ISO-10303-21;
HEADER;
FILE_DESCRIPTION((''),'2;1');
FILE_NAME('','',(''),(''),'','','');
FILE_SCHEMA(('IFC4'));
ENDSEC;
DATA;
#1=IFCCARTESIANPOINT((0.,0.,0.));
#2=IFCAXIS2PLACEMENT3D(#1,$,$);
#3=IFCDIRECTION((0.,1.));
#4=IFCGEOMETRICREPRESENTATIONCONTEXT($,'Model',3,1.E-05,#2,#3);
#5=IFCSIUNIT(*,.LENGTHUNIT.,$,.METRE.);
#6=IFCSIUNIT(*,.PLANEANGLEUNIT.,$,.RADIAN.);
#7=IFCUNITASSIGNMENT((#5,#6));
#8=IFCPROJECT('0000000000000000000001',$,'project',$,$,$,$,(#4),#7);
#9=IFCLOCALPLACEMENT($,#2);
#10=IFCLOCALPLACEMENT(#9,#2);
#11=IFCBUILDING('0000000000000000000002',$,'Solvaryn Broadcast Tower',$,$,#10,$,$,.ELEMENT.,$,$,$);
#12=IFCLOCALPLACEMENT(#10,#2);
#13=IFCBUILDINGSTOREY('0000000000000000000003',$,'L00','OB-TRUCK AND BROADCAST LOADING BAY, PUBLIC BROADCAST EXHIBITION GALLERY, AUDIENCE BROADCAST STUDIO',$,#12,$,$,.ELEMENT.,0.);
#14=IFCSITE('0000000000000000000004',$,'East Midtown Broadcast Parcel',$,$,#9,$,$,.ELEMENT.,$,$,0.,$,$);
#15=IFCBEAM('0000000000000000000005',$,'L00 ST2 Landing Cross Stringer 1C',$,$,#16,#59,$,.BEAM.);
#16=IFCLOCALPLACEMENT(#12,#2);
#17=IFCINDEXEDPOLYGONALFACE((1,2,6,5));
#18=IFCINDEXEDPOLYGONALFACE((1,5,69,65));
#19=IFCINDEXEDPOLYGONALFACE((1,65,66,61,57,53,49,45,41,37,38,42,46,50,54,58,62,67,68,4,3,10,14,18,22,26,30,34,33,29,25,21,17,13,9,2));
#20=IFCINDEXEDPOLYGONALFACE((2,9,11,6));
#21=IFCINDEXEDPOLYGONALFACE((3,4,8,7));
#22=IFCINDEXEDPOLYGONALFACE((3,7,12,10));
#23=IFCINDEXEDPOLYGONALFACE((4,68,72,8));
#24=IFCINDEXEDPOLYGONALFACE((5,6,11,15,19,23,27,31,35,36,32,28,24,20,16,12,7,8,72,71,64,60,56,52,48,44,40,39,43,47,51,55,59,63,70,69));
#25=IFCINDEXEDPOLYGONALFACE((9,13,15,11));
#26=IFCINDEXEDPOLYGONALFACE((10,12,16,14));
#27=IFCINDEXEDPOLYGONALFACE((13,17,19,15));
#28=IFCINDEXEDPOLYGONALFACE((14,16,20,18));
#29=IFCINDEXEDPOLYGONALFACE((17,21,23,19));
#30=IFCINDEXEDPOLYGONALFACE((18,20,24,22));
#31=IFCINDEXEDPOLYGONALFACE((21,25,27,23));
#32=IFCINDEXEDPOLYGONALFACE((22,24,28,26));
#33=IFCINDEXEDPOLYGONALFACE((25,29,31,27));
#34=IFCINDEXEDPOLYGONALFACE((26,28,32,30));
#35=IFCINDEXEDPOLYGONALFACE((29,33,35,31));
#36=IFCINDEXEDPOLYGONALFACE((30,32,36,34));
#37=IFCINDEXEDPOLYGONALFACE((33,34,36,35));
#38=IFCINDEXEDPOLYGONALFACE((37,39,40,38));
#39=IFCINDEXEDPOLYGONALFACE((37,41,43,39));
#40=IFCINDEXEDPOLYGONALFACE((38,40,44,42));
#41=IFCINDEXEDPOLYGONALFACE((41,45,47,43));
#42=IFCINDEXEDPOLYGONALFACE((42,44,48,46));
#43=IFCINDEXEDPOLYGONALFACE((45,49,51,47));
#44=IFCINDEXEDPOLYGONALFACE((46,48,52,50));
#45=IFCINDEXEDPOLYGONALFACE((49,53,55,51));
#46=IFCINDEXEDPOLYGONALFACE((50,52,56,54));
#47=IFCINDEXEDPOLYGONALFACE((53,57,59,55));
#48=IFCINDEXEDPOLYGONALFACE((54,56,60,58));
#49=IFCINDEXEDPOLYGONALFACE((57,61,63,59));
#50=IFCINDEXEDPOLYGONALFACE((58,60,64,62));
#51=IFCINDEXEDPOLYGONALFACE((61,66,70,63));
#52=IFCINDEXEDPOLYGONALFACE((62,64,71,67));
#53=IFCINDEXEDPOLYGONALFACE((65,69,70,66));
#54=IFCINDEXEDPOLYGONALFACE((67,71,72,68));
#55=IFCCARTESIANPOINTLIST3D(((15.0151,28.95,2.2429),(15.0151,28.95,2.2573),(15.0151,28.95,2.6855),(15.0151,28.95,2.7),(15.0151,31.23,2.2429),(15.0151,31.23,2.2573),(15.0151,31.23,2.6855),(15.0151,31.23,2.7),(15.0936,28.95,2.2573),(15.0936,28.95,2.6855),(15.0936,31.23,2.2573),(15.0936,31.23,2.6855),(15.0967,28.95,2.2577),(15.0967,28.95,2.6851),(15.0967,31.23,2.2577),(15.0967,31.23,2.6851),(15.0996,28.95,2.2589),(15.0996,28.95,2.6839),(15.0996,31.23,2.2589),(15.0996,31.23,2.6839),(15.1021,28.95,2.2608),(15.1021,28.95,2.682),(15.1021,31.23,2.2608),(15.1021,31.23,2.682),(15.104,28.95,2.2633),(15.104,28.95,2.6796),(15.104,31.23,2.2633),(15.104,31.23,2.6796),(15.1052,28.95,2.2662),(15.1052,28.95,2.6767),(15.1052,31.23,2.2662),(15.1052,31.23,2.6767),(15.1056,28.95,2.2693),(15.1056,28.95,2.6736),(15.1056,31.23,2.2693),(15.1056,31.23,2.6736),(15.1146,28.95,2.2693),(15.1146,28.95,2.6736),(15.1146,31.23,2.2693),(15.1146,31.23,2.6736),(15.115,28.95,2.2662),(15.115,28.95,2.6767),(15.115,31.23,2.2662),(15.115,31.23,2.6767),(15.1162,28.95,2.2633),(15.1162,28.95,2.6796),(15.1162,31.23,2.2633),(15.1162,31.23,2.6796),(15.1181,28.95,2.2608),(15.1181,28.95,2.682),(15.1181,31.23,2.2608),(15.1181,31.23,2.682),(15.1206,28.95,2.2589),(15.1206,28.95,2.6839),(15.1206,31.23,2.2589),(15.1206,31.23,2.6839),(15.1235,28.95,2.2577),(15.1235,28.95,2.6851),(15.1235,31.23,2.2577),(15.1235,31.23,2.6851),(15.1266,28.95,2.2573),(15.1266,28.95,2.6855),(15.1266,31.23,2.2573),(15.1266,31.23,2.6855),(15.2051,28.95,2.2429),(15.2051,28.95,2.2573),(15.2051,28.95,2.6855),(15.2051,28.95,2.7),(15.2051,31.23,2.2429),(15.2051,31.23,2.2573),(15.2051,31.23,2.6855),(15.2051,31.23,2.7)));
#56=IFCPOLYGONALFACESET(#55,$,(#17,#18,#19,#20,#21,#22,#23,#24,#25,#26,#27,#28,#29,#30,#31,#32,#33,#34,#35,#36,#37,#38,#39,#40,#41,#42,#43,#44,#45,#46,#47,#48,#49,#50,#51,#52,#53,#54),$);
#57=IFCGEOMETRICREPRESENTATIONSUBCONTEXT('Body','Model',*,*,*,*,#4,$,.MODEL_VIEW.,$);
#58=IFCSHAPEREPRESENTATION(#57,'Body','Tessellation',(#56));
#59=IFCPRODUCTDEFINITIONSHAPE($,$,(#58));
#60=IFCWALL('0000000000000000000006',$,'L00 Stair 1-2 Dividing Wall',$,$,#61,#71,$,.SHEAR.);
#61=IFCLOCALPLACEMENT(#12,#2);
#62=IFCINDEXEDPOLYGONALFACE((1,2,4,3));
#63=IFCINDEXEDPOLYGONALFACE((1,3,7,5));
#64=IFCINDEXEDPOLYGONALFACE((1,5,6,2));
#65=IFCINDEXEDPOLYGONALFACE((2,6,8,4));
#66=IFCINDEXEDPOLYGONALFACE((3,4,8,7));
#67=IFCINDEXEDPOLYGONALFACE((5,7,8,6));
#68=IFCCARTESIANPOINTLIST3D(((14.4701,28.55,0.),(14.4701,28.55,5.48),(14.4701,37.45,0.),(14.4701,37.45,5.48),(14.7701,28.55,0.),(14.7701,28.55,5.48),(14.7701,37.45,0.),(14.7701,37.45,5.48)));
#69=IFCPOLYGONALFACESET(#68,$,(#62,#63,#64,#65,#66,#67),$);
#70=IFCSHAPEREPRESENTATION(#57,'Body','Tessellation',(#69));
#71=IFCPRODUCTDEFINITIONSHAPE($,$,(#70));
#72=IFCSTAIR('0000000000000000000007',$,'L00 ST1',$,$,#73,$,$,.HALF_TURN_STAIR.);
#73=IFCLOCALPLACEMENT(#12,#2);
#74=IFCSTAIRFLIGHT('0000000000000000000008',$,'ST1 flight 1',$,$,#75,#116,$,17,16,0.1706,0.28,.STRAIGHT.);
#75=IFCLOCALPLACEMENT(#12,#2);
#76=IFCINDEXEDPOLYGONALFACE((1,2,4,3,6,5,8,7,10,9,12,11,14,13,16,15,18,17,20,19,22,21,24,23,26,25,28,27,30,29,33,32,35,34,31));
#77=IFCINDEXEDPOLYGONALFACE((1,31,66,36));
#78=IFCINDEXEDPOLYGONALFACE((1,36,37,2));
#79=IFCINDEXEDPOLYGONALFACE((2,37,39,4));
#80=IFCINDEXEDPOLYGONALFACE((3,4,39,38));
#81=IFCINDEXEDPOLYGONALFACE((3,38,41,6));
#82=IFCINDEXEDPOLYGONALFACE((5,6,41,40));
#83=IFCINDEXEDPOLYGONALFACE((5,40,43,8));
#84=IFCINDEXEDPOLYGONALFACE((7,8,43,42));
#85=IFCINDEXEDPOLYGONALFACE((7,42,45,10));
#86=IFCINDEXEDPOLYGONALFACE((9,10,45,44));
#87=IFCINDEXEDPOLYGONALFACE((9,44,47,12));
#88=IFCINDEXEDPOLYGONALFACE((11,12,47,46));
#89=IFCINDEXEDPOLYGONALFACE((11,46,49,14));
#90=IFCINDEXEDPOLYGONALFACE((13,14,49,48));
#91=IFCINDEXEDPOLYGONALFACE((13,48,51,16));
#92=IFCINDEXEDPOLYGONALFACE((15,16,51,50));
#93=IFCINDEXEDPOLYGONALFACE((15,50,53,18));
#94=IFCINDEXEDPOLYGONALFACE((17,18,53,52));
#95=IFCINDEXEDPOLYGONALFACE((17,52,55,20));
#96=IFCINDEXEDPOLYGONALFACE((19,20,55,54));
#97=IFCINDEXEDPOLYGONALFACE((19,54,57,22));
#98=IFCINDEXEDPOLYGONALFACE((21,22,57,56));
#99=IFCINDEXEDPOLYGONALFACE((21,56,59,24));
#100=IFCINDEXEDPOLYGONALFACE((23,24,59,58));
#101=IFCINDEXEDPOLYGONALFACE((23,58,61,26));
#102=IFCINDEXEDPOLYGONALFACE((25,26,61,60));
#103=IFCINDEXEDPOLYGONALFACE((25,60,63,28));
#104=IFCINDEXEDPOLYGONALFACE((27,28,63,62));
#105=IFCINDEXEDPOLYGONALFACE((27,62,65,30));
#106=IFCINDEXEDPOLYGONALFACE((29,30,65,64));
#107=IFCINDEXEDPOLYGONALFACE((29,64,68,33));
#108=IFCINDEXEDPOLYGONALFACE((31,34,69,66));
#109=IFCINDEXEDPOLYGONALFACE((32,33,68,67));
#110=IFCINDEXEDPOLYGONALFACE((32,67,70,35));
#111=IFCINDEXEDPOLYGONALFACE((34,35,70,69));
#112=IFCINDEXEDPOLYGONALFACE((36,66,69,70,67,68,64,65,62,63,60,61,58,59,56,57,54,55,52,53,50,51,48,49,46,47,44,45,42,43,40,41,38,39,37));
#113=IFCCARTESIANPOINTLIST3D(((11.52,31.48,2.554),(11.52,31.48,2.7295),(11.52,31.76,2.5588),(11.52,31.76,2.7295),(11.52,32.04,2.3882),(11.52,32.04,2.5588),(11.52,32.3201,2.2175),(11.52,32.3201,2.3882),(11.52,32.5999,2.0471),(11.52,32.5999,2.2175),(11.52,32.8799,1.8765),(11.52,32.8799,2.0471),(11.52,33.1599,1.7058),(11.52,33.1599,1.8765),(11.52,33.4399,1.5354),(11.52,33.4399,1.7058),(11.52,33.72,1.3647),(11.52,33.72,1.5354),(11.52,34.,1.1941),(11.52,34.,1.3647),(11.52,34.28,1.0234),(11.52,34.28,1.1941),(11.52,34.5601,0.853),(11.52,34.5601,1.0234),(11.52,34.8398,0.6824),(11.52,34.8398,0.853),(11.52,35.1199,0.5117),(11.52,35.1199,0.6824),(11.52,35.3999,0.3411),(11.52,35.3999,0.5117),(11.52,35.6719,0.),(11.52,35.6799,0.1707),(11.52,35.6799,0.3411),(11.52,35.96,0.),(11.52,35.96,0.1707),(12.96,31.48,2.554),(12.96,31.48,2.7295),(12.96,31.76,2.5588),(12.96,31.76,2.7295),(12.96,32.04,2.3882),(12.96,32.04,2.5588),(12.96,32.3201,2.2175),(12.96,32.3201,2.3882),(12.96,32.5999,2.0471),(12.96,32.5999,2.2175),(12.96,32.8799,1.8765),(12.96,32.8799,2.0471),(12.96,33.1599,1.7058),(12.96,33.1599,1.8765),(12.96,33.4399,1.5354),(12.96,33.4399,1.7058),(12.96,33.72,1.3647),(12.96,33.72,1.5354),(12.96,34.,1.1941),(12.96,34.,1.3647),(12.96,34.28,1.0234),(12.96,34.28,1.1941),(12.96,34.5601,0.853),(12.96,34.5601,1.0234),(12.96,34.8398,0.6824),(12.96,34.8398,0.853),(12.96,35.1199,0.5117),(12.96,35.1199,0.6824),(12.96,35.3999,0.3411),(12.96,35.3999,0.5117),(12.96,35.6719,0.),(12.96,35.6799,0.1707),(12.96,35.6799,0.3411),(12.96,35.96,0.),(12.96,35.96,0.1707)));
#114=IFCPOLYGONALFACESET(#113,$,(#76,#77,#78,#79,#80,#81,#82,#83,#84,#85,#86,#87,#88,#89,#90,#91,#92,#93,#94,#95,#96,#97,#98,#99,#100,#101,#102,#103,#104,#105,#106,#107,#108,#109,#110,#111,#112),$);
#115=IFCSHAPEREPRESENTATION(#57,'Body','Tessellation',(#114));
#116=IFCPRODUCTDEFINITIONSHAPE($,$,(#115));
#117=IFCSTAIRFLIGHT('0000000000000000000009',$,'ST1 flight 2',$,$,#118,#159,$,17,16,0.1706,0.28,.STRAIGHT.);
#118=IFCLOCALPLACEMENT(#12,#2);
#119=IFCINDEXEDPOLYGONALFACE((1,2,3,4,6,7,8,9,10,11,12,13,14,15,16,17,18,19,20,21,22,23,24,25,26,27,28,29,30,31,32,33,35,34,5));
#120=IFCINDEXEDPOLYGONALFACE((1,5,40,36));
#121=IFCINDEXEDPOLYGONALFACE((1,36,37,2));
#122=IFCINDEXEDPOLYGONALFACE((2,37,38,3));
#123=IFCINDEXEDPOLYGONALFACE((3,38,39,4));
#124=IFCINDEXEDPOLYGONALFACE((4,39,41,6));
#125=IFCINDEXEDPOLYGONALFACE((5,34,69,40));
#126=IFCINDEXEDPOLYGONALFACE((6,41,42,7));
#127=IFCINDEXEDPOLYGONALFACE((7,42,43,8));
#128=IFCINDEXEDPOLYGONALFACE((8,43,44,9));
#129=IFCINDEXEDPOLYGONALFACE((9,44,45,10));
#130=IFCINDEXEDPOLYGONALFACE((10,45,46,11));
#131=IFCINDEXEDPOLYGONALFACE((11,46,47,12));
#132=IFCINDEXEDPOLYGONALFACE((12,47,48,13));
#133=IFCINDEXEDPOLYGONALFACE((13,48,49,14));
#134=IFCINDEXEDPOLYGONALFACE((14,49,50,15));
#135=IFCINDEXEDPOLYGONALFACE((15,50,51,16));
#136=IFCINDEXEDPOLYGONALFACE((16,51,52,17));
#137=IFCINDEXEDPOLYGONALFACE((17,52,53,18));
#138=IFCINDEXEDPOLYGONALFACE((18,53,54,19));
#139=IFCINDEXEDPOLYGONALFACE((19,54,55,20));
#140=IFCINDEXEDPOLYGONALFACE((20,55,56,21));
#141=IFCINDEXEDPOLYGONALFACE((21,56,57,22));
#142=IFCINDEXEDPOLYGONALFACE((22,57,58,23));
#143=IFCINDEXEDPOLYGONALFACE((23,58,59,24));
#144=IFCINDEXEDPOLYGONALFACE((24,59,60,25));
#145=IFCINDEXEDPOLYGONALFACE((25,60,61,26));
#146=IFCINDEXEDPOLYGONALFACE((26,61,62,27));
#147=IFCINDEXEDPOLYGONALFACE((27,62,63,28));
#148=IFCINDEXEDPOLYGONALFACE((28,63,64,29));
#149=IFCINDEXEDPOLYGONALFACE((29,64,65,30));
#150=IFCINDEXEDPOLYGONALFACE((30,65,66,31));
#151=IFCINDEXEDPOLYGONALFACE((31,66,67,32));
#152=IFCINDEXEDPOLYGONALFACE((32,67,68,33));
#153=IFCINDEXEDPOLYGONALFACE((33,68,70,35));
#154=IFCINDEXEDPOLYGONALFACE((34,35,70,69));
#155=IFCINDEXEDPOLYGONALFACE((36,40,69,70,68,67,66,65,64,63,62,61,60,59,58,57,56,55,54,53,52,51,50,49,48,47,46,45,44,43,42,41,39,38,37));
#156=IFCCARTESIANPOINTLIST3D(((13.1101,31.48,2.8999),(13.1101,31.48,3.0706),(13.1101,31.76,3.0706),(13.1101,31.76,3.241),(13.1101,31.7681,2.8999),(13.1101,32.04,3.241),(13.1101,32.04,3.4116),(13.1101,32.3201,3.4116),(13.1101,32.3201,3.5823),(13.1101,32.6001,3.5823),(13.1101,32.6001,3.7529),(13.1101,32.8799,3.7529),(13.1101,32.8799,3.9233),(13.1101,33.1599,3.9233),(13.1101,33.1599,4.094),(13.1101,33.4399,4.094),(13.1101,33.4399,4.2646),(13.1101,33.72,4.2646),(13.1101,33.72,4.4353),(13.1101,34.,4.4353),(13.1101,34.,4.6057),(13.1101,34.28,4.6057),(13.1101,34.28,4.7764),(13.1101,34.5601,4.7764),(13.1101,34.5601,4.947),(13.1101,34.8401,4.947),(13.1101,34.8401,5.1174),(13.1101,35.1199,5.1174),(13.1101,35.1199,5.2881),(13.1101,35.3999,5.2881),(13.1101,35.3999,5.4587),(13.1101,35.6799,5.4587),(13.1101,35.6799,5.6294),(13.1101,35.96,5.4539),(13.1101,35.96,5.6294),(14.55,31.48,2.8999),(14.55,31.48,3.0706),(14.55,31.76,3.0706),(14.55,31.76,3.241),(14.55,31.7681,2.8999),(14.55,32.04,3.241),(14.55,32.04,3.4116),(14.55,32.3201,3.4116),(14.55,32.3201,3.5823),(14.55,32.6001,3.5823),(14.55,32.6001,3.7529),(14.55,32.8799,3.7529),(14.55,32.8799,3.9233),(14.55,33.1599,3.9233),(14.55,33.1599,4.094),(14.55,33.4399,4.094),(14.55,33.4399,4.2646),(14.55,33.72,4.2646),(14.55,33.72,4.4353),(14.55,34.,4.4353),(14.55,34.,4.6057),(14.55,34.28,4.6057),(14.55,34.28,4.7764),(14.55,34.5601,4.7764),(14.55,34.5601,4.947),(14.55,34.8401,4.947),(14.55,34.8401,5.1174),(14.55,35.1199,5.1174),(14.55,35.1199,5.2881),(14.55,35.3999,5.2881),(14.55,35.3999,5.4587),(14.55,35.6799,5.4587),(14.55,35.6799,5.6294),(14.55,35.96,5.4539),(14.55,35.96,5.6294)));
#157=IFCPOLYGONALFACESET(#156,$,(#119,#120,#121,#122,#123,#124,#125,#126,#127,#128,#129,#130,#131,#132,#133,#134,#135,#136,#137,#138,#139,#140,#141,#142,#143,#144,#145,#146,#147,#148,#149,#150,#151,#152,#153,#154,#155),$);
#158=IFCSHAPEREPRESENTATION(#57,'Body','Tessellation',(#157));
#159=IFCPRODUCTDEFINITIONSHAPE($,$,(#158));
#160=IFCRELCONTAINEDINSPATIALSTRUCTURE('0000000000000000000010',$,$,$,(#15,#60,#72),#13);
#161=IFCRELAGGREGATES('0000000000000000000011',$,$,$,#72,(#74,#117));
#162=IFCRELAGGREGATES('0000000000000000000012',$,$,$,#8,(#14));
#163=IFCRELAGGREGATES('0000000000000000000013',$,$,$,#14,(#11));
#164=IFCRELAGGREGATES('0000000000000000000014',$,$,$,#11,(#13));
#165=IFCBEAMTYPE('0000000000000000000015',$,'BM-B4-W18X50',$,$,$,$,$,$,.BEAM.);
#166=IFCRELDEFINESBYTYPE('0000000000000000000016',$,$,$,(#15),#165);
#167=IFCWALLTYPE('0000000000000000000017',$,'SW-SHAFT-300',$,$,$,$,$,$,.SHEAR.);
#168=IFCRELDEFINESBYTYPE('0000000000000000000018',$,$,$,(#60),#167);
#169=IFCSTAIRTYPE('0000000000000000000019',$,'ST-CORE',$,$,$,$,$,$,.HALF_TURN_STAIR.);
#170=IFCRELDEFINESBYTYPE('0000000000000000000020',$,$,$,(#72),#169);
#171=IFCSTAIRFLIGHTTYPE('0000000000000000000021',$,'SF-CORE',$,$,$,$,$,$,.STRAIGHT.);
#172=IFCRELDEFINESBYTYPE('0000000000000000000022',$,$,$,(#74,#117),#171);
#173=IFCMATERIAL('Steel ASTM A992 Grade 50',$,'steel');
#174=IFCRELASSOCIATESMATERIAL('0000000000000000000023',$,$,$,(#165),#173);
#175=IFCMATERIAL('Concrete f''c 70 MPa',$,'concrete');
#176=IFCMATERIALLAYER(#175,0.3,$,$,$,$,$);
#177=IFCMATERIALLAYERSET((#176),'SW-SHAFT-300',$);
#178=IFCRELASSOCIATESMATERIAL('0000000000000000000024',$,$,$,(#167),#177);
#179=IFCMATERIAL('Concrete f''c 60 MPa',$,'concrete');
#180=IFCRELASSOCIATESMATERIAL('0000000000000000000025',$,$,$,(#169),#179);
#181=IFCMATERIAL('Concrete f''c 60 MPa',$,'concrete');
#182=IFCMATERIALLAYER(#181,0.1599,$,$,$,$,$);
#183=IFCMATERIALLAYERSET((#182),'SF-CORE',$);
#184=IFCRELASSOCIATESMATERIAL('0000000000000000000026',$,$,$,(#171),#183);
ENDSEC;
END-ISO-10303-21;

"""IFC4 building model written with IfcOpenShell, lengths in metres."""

from ifc_helpers import new_model, si_unit, direction, frame, frame_2d, origin, origin_2d, place, context, subcontext, project, spatial, polyline, rectangle, i_section, outline, extrude, material, layer, layer_set, material_profile, profile_set, type_object, element, aggregate, save


model = new_model("IFC4")

# Units and contexts
model_context = context("Model", 3, precision=1e-05, world=origin(), true_north=direction((0.0, 1.0)))
body_context = subcontext(model_context, "Body", "Model", "MODEL_VIEW")
ifc_project = project(units=[si_unit("LENGTHUNIT", "METRE"), si_unit("PLANEANGLEUNIT", "RADIAN")], contexts=[model_context])

# Site, building, storey
site_placement = place(None, origin())
site = spatial("IfcSite", under=ifc_project, at=site_placement, Name="East Midtown Broadcast Parcel", CompositionType="ELEMENT", RefElevation=0.0)
building_placement = place(site_placement, origin())
building = spatial("IfcBuilding", under=site, at=building_placement, Name="Solvaryn Broadcast Tower", CompositionType="ELEMENT")
storey_placement = place(building_placement, origin())
storey = spatial("IfcBuildingStorey", under=building, at=storey_placement, Name="L00", Description="OB-TRUCK AND BROADCAST LOADING BAY, PUBLIC BROADCAST EXHIBITION GALLERY, AUDIENCE BROADCAST STUDIO", CompositionType="ELEMENT", Elevation=0.0)

# Beam
ifc_material_1 = material(Name="Steel ASTM A992 Grade 50", Category="steel")
ifc_material_profile_1 = material_profile(ifc_material_1, i_section(OverallWidth=0.1899, OverallDepth=0.457, WebThickness=0.009, FlangeThickness=0.0144, FilletRadius=0.012, at=origin_2d()))
ifc_profile_set_1 = profile_set([ifc_material_profile_1], Name="Steel ASTM A992 Grade 50")
beam_type_1 = type_object("IfcBeamType", Name="BM-B4-W18X50", PredefinedType="BEAM", material=ifc_profile_set_1)
beam_1_placement = place(storey_placement, frame((15.1101, 28.95, 2.4714), z_axis=(0.0, 1.0, 0.0), x_axis=(-1.0, 0.0, 0.0)))
element("IfcBeam", 1, at=beam_1_placement, inside=storey, type_object=beam_type_1, Name="L00 ST2 Landing Cross Stringer 1C", PredefinedType="BEAM", context=body_context, shape_type="SweptSolid", body=[
    extrude(i_section(OverallWidth=0.1899, OverallDepth=0.457, WebThickness=0.009, FlangeThickness=0.0144, FilletRadius=0.012, at=origin_2d()), origin(), (0.0, 0.0, 1.0), 2.28),
])

# Wall
ifc_material_2 = material(Name="Concrete f'c 70 MPa", Category="concrete")
ifc_layer_1 = layer(ifc_material_2, 0.3)
ifc_layer_set_1 = layer_set([ifc_layer_1], Name="SW-SHAFT-300")
wall_type_1 = type_object("IfcWallType", Name="SW-SHAFT-300", PredefinedType="SHEAR", material=ifc_layer_set_1)
wall_1_placement = place(storey_placement, frame((14.6201, 28.55, 0.0), z_axis=(0.0, 0.0, 1.0), x_axis=(0.0, 1.0, 0.0)))
element("IfcWall", 2, at=wall_1_placement, inside=storey, type_object=wall_type_1, Name="L00 Stair 1-2 Dividing Wall", PredefinedType="SHEAR", context=body_context, shape_type="SweptSolid", body=[
    extrude(rectangle(XDim=8.8999, YDim=0.3, at=frame_2d((4.45, 0.0))), origin(), (0.0, 0.0, 1.0), 5.48),
])

# Stair, stair flights
ifc_material_3 = material(Name="Concrete f'c 60 MPa", Category="concrete")
stair_type = type_object("IfcStairType", Name="ST-CORE", PredefinedType="HALF_TURN_STAIR", material=ifc_material_3)
stair_1_placement = place(storey_placement, origin())
stair_1 = element("IfcStair", 3, at=stair_1_placement, inside=storey, type_object=stair_type, Name="L00 ST1", PredefinedType="HALF_TURN_STAIR")
ifc_material_4 = material(Name="Concrete f'c 60 MPa", Category="concrete")
ifc_layer_2 = layer(ifc_material_4, 0.1599)
ifc_layer_set_2 = layer_set([ifc_layer_2], Name="SF-CORE")
stair_flight_type = type_object("IfcStairFlightType", Name="SF-CORE", PredefinedType="STRAIGHT", material=ifc_layer_set_2)
stair_flight_1_placement = place(storey_placement, frame((12.24, 35.96, 0.0), z_axis=(0.0, 0.0, 1.0), x_axis=(0.0, -1.0, 0.0)))
stair_flight_1 = element("IfcStairFlight", 4, at=stair_flight_1_placement, type_object=stair_flight_type, Name="ST1 flight 1", NumberOfRisers=17, NumberOfTreads=16, PredefinedType="STRAIGHT", RiserHeight=0.1706, TreadLength=0.28, context=body_context, shape_type="SweptSolid", body=[
    extrude(outline(polyline([(0.0, 0.0), (0.0, 0.1707), (0.28, 0.1707), (0.28, 0.3411), (0.5601, 0.3411), (0.5601, 0.5117), (0.8401, 0.5117), (0.8401, 0.6824), (1.1201, 0.6824), (1.1201, 0.853), (1.3999, 0.853), (1.3999, 1.0234), (1.6799, 1.0234), (1.6799, 1.1941), (1.96, 1.1941), (1.96, 1.3647), (2.24, 1.3647), (2.24, 1.5354), (2.52, 1.5354), (2.52, 1.7058), (2.8, 1.7058), (2.8, 1.8765), (3.0801, 1.8765), (3.0801, 2.0471), (3.3601, 2.0471), (3.3601, 2.2175), (3.6399, 2.2175), (3.6399, 2.3882), (3.9199, 2.3882), (3.9199, 2.5588), (4.2, 2.5588), (4.2, 2.7295), (4.48, 2.7295), (4.48, 2.8999), (4.48, 2.554), (0.2881, 0.0), (0.0, 0.0)])), frame((0.0, 0.72, 0.0), z_axis=(0.0, -1.0, 0.0), x_axis=(1.0, 0.0, 0.0)), (0.0, 0.0, 1.0), 1.4399),
])
stair_flight_2_placement = place(storey_placement, frame((13.8301, 31.48, 2.8999), z_axis=(0.0, 0.0, 1.0), x_axis=(0.0, 1.0, 0.0)))
stair_flight_2 = element("IfcStairFlight", 5, at=stair_flight_2_placement, type_object=stair_flight_type, Name="ST1 flight 2", NumberOfRisers=17, NumberOfTreads=16, PredefinedType="STRAIGHT", RiserHeight=0.1706, TreadLength=0.28, context=body_context, shape_type="SweptSolid", body=[
    extrude(outline(polyline([(0.0, 0.0), (0.0, 0.1707), (0.28, 0.1707), (0.28, 0.3411), (0.5601, 0.3411), (0.5601, 0.5117), (0.8401, 0.5117), (0.8401, 0.6824), (1.1201, 0.6824), (1.1201, 0.853), (1.3999, 0.853), (1.3999, 1.0234), (1.6799, 1.0234), (1.6799, 1.1941), (1.96, 1.1941), (1.96, 1.3647), (2.24, 1.3647), (2.24, 1.5354), (2.52, 1.5354), (2.52, 1.7058), (2.8, 1.7058), (2.8, 1.8765), (3.0801, 1.8765), (3.0801, 2.0471), (3.3601, 2.0471), (3.3601, 2.2175), (3.6399, 2.2175), (3.6399, 2.3882), (3.9199, 2.3882), (3.9199, 2.5588), (4.2, 2.5588), (4.2, 2.7295), (4.48, 2.7295), (4.48, 2.8999), (4.48, 2.554), (0.2881, 0.0), (0.0, 0.0)])), frame((0.0, 0.72, 0.0), z_axis=(0.0, -1.0, 0.0), x_axis=(1.0, 0.0, 0.0)), (0.0, 0.0, 1.0), 1.4399),
])
aggregate(stair_1, [stair_flight_1, stair_flight_2])

save(model, "model.ifc")
